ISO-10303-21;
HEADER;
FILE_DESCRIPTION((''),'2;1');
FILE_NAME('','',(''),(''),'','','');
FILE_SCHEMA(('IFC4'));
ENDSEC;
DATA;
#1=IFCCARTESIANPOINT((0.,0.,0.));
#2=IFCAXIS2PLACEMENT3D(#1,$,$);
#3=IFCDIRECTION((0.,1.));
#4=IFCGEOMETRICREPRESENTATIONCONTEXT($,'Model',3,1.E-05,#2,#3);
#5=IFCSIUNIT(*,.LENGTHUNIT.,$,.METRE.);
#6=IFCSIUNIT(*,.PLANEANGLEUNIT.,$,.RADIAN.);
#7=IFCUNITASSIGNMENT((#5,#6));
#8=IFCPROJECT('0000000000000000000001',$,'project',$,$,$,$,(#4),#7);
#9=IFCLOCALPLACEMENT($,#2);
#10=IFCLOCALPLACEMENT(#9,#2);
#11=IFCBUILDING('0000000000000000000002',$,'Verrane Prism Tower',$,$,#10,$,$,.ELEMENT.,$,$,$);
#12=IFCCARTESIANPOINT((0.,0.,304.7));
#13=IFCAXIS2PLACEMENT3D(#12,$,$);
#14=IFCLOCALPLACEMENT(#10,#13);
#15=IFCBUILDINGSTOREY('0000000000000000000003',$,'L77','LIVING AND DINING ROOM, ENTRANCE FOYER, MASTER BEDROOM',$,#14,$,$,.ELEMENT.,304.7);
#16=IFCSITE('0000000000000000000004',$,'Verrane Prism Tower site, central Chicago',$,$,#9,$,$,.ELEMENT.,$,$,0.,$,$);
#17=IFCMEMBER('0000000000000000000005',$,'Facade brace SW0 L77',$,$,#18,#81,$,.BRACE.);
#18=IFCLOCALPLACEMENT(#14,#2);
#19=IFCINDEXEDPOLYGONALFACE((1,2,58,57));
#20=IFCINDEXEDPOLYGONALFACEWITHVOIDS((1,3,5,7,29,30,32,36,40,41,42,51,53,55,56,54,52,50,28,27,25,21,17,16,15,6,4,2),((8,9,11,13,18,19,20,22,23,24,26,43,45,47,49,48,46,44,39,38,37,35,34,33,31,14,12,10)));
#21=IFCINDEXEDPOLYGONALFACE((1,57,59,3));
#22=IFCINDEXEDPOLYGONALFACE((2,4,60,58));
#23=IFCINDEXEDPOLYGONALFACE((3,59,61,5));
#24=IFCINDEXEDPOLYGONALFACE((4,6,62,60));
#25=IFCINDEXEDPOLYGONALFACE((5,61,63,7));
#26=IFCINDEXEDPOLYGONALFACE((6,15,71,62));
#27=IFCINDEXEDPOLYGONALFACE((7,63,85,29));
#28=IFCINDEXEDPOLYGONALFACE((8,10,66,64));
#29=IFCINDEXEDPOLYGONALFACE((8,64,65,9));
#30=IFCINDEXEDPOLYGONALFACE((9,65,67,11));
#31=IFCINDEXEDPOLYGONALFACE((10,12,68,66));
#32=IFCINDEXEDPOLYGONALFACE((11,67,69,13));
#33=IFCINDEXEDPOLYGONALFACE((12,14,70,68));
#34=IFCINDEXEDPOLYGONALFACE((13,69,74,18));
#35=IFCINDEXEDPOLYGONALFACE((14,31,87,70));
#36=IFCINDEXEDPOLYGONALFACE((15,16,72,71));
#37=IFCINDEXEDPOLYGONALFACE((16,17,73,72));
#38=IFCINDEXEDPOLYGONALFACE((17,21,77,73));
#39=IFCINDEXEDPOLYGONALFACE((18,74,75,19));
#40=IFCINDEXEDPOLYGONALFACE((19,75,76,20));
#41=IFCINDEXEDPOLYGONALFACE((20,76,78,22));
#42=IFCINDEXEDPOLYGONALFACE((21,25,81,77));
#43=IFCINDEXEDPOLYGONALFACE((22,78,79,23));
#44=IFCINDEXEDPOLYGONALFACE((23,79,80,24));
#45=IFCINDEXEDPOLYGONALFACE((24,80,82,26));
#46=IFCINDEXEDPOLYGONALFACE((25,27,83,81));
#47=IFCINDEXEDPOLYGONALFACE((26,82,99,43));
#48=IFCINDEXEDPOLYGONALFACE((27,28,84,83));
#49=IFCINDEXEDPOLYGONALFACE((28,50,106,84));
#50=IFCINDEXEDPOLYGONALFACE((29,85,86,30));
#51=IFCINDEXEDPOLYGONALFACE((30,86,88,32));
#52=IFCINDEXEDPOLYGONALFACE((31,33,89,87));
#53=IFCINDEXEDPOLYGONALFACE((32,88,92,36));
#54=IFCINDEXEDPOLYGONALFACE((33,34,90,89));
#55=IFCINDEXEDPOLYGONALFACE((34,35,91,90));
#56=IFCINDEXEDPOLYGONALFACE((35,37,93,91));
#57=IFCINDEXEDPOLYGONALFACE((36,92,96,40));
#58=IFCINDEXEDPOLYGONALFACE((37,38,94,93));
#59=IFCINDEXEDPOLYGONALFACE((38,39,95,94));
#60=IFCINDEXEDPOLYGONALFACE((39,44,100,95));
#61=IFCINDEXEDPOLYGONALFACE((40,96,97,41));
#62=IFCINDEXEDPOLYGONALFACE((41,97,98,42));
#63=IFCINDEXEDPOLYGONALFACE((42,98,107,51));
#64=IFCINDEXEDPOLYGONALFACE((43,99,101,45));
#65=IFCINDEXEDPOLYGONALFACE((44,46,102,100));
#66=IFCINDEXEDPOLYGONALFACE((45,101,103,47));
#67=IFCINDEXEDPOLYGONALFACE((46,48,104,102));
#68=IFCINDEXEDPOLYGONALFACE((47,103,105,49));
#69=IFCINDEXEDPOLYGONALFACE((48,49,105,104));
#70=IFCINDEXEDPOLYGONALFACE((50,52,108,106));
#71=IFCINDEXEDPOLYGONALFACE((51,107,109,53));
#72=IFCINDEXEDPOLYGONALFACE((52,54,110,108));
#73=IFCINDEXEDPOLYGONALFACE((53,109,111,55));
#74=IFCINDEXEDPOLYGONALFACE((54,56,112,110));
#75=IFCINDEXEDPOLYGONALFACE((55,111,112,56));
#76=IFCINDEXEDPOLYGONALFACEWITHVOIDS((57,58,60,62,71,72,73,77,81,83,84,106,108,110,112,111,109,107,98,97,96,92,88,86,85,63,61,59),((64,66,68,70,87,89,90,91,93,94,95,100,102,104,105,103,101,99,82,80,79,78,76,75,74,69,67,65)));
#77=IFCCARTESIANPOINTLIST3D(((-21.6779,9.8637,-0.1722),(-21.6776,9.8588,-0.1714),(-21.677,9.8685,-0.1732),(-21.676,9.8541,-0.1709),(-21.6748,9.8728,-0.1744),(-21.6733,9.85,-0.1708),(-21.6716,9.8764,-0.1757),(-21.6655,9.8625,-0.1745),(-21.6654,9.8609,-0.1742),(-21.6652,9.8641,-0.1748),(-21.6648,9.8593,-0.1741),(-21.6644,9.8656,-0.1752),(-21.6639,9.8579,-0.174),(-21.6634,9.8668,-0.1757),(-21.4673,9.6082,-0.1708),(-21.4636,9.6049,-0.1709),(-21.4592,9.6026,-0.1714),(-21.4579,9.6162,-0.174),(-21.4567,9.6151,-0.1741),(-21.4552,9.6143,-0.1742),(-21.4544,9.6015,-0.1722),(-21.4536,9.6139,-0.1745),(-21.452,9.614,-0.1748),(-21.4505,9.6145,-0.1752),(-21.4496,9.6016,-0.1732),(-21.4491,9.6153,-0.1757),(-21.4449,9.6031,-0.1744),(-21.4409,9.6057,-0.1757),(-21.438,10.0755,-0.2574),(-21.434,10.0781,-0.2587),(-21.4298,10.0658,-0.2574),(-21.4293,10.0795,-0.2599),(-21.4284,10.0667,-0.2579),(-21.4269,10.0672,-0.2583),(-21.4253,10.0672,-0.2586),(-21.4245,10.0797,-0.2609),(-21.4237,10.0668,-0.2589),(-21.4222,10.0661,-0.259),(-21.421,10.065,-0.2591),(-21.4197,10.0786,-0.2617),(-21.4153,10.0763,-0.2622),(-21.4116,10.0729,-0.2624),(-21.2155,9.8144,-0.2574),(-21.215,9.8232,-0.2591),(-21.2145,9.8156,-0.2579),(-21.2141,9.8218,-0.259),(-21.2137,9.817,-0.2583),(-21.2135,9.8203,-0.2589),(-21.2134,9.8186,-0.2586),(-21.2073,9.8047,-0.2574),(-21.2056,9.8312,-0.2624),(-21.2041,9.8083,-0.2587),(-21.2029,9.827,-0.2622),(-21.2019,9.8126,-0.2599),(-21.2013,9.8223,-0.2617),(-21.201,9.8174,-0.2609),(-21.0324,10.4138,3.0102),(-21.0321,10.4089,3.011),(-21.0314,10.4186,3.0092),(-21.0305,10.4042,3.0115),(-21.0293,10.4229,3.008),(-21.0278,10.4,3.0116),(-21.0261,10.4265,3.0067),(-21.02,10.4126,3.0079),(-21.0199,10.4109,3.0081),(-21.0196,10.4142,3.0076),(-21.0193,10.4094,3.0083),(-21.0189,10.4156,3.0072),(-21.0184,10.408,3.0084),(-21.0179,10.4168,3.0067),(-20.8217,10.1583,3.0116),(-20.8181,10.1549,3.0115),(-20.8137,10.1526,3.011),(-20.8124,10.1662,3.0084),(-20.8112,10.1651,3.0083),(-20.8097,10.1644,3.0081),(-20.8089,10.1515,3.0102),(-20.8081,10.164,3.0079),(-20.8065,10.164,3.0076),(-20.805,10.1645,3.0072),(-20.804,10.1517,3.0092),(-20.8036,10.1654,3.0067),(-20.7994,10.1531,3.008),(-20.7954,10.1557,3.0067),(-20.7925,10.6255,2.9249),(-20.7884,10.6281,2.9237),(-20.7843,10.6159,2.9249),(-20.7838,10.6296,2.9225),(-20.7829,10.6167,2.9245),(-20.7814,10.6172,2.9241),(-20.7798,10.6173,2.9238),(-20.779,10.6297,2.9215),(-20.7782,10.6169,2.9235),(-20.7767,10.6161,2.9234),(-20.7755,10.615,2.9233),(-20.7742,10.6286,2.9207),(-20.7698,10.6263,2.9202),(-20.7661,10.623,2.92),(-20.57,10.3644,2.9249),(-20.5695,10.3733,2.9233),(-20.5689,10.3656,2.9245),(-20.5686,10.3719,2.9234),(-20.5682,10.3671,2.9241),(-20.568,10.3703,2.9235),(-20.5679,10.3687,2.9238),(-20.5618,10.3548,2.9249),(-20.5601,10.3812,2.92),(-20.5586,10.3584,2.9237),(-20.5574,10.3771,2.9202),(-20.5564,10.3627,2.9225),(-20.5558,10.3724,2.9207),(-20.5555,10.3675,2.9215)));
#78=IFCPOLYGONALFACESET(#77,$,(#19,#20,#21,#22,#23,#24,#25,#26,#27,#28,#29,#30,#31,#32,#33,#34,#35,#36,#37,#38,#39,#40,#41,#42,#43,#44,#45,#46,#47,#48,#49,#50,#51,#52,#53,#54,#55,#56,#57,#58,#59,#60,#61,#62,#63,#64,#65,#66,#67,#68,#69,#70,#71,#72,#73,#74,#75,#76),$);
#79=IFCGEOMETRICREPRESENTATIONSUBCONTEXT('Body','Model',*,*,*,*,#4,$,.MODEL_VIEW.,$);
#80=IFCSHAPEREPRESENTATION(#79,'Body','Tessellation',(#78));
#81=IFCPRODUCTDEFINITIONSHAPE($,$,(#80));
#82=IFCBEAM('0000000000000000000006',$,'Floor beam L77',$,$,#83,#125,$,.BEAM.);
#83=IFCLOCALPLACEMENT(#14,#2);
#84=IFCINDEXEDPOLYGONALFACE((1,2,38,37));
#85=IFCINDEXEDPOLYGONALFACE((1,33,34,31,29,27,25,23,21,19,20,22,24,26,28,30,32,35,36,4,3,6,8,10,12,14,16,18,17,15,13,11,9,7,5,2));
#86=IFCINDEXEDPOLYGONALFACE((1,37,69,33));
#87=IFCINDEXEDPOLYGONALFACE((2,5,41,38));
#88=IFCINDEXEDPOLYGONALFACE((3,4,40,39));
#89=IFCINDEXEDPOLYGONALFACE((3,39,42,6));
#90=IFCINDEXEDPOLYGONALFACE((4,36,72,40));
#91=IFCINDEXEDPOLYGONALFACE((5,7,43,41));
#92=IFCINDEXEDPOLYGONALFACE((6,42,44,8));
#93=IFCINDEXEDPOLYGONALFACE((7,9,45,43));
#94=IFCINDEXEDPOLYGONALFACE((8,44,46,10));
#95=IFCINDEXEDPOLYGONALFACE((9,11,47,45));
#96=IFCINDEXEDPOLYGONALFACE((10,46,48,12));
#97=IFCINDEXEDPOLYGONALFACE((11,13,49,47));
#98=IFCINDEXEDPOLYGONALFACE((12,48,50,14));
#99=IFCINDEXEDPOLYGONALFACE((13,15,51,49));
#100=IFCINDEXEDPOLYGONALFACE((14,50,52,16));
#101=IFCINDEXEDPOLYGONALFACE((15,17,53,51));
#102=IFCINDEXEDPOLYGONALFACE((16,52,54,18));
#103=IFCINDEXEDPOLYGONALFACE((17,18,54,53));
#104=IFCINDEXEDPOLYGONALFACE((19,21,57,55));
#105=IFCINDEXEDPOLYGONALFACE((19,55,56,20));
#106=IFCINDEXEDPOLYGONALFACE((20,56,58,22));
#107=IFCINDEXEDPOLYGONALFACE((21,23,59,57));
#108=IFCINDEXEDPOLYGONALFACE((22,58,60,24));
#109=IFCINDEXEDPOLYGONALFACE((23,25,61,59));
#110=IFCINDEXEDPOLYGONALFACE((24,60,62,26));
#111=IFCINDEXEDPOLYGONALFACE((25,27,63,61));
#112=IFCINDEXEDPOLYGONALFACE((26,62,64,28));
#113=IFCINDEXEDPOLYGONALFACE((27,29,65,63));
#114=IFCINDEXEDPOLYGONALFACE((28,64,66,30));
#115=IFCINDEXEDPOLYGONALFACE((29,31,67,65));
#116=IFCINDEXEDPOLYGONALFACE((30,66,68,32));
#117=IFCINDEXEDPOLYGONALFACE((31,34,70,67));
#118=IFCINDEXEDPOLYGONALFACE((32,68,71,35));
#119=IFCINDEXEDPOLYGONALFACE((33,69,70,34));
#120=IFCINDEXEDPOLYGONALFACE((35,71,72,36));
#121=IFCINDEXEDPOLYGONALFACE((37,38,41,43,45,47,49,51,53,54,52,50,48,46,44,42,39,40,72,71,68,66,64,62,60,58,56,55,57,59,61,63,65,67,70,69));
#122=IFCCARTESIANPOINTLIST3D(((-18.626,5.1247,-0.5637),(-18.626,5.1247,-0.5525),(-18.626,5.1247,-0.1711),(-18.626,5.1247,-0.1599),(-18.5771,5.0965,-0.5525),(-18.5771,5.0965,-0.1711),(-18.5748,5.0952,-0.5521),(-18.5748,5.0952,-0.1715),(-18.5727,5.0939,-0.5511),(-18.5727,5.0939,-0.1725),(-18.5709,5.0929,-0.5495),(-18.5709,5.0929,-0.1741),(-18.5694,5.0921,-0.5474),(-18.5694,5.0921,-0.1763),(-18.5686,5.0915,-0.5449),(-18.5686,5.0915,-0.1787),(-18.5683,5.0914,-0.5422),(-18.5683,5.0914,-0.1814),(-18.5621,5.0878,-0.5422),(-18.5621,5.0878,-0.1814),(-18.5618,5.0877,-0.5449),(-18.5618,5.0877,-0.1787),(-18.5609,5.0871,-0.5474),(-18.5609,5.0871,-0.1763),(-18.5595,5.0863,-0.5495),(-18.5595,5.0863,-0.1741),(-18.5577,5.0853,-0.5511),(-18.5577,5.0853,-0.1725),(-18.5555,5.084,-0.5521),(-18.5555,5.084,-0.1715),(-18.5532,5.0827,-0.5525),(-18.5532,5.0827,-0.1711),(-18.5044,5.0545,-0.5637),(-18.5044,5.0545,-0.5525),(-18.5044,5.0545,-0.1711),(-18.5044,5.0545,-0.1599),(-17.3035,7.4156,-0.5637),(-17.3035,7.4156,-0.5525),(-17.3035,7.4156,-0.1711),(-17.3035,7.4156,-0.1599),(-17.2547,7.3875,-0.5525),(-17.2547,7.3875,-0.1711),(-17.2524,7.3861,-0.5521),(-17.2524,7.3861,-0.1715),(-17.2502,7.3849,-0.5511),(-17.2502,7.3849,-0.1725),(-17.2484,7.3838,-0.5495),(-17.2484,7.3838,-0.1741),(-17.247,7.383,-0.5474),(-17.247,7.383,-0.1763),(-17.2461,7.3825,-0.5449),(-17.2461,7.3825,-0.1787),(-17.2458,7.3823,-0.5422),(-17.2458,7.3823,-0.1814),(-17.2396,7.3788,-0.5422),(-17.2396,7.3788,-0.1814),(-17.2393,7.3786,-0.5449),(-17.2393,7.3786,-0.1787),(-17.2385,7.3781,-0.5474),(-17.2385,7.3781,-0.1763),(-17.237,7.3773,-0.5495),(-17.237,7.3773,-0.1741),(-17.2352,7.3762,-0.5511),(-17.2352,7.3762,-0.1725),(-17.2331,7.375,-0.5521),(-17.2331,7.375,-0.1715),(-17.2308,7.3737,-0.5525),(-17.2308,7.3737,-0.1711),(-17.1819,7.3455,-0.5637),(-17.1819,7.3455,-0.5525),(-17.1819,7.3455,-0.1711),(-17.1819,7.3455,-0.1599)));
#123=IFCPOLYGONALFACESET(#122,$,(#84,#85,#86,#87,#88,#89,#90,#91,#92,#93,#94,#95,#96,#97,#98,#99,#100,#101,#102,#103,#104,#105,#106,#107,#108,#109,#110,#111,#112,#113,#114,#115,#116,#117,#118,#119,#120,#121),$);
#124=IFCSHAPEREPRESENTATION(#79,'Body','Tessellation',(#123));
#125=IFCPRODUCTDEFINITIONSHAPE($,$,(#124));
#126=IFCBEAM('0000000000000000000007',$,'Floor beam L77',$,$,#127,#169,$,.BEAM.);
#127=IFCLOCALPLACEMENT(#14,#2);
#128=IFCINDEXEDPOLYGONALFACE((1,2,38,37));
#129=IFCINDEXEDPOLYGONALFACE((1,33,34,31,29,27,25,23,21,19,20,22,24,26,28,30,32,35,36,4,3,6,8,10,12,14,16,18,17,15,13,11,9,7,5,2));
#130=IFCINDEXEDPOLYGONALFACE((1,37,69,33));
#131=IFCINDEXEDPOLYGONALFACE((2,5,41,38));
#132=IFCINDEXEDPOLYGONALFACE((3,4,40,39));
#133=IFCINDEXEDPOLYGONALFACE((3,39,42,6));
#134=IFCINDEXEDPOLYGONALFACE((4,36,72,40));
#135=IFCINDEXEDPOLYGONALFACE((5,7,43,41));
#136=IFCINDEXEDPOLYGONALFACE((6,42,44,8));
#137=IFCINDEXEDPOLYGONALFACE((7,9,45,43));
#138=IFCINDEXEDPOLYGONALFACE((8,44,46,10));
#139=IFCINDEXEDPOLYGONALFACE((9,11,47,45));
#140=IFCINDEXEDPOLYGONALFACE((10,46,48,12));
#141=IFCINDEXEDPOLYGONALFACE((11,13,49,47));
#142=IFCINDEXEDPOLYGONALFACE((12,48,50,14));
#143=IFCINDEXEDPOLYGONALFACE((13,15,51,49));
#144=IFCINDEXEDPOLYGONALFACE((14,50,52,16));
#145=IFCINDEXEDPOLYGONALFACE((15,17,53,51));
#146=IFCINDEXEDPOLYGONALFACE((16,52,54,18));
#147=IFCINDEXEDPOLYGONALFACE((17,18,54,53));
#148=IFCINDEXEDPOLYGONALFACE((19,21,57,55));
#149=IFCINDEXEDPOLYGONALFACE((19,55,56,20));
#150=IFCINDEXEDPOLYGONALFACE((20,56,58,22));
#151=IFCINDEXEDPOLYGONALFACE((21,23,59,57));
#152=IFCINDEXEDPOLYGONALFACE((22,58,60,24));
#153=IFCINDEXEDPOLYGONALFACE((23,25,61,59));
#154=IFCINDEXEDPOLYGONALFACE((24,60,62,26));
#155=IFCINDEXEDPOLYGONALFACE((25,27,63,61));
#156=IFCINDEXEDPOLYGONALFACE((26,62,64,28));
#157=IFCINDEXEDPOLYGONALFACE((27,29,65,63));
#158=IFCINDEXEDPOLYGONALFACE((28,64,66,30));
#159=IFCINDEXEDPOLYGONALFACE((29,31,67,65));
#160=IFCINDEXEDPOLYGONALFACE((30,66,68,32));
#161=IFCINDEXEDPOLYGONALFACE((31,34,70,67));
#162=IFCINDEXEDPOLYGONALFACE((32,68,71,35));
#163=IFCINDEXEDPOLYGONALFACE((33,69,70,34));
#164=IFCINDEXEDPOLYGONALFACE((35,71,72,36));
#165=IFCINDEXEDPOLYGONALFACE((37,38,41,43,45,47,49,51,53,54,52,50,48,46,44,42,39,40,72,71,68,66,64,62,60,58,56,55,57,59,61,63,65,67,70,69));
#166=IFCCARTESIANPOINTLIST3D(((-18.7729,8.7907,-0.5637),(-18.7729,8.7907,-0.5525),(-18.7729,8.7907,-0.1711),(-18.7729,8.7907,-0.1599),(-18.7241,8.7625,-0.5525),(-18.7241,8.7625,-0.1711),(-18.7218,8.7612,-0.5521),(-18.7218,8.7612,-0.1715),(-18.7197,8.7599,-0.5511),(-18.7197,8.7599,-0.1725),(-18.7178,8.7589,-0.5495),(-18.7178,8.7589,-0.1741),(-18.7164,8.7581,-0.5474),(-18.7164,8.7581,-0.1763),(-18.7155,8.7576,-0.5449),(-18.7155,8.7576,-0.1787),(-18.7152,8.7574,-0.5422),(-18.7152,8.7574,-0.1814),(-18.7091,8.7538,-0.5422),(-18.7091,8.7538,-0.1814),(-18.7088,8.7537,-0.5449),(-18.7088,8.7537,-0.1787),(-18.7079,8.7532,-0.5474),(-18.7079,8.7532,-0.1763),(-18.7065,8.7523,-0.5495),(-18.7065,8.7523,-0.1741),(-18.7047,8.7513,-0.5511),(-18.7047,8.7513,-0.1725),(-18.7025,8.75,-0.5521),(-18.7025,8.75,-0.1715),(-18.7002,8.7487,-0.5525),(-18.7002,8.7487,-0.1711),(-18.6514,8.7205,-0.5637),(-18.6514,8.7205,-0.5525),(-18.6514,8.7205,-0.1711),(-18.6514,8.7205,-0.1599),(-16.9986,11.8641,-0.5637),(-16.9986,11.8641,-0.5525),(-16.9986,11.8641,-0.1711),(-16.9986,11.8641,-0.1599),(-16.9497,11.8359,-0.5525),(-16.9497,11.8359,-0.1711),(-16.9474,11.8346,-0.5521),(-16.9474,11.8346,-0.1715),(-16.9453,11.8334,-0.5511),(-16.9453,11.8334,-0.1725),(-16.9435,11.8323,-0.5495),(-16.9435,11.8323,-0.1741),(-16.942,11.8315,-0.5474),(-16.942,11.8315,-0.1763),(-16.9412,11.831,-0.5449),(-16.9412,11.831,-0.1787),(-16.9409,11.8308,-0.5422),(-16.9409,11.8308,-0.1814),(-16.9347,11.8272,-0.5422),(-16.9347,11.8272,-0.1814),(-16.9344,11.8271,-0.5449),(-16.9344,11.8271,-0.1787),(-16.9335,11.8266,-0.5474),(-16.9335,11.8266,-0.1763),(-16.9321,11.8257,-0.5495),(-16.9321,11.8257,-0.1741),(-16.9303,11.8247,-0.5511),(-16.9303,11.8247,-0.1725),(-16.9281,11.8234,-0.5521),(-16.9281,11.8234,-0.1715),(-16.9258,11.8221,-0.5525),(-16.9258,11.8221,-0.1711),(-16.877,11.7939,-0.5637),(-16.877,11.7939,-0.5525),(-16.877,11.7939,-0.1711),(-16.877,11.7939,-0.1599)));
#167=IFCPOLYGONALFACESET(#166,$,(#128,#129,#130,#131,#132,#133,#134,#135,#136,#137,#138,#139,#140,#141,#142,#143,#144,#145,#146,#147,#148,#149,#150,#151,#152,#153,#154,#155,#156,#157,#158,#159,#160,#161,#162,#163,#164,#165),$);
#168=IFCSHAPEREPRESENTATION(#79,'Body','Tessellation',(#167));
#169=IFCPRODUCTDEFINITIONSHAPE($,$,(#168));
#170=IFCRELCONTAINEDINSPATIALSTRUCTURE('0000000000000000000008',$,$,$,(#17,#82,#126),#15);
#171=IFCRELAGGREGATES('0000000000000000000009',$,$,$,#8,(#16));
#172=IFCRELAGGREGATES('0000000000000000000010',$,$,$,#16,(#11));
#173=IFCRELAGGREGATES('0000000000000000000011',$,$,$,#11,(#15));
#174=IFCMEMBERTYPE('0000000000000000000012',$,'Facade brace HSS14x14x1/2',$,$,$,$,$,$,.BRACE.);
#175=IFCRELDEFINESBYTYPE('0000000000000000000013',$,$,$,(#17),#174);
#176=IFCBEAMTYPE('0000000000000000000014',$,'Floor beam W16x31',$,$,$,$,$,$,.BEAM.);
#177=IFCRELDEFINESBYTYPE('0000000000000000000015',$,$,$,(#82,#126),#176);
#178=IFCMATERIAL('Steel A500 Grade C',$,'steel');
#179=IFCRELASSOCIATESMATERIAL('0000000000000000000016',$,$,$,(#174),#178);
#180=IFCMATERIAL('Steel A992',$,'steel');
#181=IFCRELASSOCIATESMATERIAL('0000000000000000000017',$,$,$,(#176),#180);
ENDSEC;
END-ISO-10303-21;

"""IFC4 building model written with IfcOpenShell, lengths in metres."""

from ifc_helpers import new_model, si_unit, direction, frame, origin, origin_2d, place, context, subcontext, project, spatial, hollow_rectangle, i_section, extrude, material, material_profile, profile_set, type_object, element, save


model = new_model("IFC4")

# Units and contexts
model_context = context("Model", 3, precision=1e-05, world=origin(), true_north=direction((0.0, 1.0)))
body_context = subcontext(model_context, "Body", "Model", "MODEL_VIEW")
ifc_project = project(units=[si_unit("LENGTHUNIT", "METRE"), si_unit("PLANEANGLEUNIT", "RADIAN")], contexts=[model_context])

# Site, building, storey
site_placement = place(None, origin())
site = spatial("IfcSite", under=ifc_project, at=site_placement, Name="Verrane Prism Tower site, central Chicago", CompositionType="ELEMENT", RefElevation=0.0)
building_placement = place(site_placement, origin())
building = spatial("IfcBuilding", under=site, at=building_placement, Name="Verrane Prism Tower", CompositionType="ELEMENT")
storey_placement = place(building_placement, frame((0.0, 0.0, 304.7)))
storey = spatial("IfcBuildingStorey", under=building, at=storey_placement, Name="L77", Description="LIVING AND DINING ROOM, ENTRANCE FOYER, MASTER BEDROOM", CompositionType="ELEMENT", Elevation=304.7)

# Member
ifc_material_1 = material(Name="Steel A500 Grade C", Category="steel")
ifc_material_profile_1 = material_profile(ifc_material_1, hollow_rectangle(XDim=0.3557, YDim=0.3557, WallThickness=0.0127, InnerFilletRadius=0.0063, OuterFilletRadius=0.019, at=origin_2d()), Name="HSS14x14x1/2")
ifc_profile_set_1 = profile_set([ifc_material_profile_1], Name="Steel A500 Grade C")
member_type_1 = type_object("IfcMemberType", Name="Facade brace HSS14x14x1/2", PredefinedType="BRACE", material=ifc_profile_set_1)
member_1_placement = place(storey_placement, frame((-21.4395, 9.8406, -0.2166), z_axis=(0.195998, 0.167014, 0.966277), x_axis=(-0.648584, 0.761143, 0.0)))
element("IfcMember", 1, at=member_1_placement, inside=storey, type_object=member_type_1, Name="Facade brace SW0 L77", PredefinedType="BRACE", context=body_context, shape_type="SweptSolid", body=[
    extrude(hollow_rectangle(XDim=0.3557, YDim=0.3557, WallThickness=0.0127, InnerFilletRadius=0.0063, OuterFilletRadius=0.019, at=origin_2d()), origin(), (0.0, 0.0, 1.0), 3.2935),
])

# Beams
ifc_material_2 = material(Name="Steel A992", Category="steel")
ifc_material_profile_2 = material_profile(ifc_material_2, i_section(OverallWidth=0.1404, OverallDepth=0.4038, WebThickness=0.0071, FlangeThickness=0.0112, FilletRadius=0.0103, at=origin_2d()), Name="W16x31")
ifc_profile_set_2 = profile_set([ifc_material_profile_2], Name="Steel A992")
beam_type_1 = type_object("IfcBeamType", Name="Floor beam W16x31", PredefinedType="BEAM", material=ifc_profile_set_2)
beam_1_placement = place(storey_placement, frame((-18.5652, 5.0896, -0.3618), z_axis=(0.499941, 0.86606, 0.0), x_axis=(-0.86606, 0.499941, 0.0)))
element("IfcBeam", 2, at=beam_1_placement, inside=storey, type_object=beam_type_1, Name="Floor beam L77", PredefinedType="BEAM", context=body_context, shape_type="SweptSolid", body=[
    extrude(i_section(OverallWidth=0.1404, OverallDepth=0.4038, WebThickness=0.0071, FlangeThickness=0.0112, FilletRadius=0.0103, at=origin_2d()), origin(), (0.0, 0.0, 1.0), 2.6453),
])
beam_2_placement = place(storey_placement, frame((-18.7122, 8.7556, -0.3618), z_axis=(0.499986, 0.866033, 0.0), x_axis=(-0.866033, 0.499986, 0.0)))
element("IfcBeam", 3, at=beam_2_placement, inside=storey, type_object=beam_type_1, Name="Floor beam L77", PredefinedType="BEAM", context=body_context, shape_type="SweptSolid", body=[
    extrude(i_section(OverallWidth=0.1404, OverallDepth=0.4038, WebThickness=0.0071, FlangeThickness=0.0112, FilletRadius=0.0103, at=origin_2d()), origin(), (0.0, 0.0, 1.0), 3.5488),
])

save(model, "model.ifc")
